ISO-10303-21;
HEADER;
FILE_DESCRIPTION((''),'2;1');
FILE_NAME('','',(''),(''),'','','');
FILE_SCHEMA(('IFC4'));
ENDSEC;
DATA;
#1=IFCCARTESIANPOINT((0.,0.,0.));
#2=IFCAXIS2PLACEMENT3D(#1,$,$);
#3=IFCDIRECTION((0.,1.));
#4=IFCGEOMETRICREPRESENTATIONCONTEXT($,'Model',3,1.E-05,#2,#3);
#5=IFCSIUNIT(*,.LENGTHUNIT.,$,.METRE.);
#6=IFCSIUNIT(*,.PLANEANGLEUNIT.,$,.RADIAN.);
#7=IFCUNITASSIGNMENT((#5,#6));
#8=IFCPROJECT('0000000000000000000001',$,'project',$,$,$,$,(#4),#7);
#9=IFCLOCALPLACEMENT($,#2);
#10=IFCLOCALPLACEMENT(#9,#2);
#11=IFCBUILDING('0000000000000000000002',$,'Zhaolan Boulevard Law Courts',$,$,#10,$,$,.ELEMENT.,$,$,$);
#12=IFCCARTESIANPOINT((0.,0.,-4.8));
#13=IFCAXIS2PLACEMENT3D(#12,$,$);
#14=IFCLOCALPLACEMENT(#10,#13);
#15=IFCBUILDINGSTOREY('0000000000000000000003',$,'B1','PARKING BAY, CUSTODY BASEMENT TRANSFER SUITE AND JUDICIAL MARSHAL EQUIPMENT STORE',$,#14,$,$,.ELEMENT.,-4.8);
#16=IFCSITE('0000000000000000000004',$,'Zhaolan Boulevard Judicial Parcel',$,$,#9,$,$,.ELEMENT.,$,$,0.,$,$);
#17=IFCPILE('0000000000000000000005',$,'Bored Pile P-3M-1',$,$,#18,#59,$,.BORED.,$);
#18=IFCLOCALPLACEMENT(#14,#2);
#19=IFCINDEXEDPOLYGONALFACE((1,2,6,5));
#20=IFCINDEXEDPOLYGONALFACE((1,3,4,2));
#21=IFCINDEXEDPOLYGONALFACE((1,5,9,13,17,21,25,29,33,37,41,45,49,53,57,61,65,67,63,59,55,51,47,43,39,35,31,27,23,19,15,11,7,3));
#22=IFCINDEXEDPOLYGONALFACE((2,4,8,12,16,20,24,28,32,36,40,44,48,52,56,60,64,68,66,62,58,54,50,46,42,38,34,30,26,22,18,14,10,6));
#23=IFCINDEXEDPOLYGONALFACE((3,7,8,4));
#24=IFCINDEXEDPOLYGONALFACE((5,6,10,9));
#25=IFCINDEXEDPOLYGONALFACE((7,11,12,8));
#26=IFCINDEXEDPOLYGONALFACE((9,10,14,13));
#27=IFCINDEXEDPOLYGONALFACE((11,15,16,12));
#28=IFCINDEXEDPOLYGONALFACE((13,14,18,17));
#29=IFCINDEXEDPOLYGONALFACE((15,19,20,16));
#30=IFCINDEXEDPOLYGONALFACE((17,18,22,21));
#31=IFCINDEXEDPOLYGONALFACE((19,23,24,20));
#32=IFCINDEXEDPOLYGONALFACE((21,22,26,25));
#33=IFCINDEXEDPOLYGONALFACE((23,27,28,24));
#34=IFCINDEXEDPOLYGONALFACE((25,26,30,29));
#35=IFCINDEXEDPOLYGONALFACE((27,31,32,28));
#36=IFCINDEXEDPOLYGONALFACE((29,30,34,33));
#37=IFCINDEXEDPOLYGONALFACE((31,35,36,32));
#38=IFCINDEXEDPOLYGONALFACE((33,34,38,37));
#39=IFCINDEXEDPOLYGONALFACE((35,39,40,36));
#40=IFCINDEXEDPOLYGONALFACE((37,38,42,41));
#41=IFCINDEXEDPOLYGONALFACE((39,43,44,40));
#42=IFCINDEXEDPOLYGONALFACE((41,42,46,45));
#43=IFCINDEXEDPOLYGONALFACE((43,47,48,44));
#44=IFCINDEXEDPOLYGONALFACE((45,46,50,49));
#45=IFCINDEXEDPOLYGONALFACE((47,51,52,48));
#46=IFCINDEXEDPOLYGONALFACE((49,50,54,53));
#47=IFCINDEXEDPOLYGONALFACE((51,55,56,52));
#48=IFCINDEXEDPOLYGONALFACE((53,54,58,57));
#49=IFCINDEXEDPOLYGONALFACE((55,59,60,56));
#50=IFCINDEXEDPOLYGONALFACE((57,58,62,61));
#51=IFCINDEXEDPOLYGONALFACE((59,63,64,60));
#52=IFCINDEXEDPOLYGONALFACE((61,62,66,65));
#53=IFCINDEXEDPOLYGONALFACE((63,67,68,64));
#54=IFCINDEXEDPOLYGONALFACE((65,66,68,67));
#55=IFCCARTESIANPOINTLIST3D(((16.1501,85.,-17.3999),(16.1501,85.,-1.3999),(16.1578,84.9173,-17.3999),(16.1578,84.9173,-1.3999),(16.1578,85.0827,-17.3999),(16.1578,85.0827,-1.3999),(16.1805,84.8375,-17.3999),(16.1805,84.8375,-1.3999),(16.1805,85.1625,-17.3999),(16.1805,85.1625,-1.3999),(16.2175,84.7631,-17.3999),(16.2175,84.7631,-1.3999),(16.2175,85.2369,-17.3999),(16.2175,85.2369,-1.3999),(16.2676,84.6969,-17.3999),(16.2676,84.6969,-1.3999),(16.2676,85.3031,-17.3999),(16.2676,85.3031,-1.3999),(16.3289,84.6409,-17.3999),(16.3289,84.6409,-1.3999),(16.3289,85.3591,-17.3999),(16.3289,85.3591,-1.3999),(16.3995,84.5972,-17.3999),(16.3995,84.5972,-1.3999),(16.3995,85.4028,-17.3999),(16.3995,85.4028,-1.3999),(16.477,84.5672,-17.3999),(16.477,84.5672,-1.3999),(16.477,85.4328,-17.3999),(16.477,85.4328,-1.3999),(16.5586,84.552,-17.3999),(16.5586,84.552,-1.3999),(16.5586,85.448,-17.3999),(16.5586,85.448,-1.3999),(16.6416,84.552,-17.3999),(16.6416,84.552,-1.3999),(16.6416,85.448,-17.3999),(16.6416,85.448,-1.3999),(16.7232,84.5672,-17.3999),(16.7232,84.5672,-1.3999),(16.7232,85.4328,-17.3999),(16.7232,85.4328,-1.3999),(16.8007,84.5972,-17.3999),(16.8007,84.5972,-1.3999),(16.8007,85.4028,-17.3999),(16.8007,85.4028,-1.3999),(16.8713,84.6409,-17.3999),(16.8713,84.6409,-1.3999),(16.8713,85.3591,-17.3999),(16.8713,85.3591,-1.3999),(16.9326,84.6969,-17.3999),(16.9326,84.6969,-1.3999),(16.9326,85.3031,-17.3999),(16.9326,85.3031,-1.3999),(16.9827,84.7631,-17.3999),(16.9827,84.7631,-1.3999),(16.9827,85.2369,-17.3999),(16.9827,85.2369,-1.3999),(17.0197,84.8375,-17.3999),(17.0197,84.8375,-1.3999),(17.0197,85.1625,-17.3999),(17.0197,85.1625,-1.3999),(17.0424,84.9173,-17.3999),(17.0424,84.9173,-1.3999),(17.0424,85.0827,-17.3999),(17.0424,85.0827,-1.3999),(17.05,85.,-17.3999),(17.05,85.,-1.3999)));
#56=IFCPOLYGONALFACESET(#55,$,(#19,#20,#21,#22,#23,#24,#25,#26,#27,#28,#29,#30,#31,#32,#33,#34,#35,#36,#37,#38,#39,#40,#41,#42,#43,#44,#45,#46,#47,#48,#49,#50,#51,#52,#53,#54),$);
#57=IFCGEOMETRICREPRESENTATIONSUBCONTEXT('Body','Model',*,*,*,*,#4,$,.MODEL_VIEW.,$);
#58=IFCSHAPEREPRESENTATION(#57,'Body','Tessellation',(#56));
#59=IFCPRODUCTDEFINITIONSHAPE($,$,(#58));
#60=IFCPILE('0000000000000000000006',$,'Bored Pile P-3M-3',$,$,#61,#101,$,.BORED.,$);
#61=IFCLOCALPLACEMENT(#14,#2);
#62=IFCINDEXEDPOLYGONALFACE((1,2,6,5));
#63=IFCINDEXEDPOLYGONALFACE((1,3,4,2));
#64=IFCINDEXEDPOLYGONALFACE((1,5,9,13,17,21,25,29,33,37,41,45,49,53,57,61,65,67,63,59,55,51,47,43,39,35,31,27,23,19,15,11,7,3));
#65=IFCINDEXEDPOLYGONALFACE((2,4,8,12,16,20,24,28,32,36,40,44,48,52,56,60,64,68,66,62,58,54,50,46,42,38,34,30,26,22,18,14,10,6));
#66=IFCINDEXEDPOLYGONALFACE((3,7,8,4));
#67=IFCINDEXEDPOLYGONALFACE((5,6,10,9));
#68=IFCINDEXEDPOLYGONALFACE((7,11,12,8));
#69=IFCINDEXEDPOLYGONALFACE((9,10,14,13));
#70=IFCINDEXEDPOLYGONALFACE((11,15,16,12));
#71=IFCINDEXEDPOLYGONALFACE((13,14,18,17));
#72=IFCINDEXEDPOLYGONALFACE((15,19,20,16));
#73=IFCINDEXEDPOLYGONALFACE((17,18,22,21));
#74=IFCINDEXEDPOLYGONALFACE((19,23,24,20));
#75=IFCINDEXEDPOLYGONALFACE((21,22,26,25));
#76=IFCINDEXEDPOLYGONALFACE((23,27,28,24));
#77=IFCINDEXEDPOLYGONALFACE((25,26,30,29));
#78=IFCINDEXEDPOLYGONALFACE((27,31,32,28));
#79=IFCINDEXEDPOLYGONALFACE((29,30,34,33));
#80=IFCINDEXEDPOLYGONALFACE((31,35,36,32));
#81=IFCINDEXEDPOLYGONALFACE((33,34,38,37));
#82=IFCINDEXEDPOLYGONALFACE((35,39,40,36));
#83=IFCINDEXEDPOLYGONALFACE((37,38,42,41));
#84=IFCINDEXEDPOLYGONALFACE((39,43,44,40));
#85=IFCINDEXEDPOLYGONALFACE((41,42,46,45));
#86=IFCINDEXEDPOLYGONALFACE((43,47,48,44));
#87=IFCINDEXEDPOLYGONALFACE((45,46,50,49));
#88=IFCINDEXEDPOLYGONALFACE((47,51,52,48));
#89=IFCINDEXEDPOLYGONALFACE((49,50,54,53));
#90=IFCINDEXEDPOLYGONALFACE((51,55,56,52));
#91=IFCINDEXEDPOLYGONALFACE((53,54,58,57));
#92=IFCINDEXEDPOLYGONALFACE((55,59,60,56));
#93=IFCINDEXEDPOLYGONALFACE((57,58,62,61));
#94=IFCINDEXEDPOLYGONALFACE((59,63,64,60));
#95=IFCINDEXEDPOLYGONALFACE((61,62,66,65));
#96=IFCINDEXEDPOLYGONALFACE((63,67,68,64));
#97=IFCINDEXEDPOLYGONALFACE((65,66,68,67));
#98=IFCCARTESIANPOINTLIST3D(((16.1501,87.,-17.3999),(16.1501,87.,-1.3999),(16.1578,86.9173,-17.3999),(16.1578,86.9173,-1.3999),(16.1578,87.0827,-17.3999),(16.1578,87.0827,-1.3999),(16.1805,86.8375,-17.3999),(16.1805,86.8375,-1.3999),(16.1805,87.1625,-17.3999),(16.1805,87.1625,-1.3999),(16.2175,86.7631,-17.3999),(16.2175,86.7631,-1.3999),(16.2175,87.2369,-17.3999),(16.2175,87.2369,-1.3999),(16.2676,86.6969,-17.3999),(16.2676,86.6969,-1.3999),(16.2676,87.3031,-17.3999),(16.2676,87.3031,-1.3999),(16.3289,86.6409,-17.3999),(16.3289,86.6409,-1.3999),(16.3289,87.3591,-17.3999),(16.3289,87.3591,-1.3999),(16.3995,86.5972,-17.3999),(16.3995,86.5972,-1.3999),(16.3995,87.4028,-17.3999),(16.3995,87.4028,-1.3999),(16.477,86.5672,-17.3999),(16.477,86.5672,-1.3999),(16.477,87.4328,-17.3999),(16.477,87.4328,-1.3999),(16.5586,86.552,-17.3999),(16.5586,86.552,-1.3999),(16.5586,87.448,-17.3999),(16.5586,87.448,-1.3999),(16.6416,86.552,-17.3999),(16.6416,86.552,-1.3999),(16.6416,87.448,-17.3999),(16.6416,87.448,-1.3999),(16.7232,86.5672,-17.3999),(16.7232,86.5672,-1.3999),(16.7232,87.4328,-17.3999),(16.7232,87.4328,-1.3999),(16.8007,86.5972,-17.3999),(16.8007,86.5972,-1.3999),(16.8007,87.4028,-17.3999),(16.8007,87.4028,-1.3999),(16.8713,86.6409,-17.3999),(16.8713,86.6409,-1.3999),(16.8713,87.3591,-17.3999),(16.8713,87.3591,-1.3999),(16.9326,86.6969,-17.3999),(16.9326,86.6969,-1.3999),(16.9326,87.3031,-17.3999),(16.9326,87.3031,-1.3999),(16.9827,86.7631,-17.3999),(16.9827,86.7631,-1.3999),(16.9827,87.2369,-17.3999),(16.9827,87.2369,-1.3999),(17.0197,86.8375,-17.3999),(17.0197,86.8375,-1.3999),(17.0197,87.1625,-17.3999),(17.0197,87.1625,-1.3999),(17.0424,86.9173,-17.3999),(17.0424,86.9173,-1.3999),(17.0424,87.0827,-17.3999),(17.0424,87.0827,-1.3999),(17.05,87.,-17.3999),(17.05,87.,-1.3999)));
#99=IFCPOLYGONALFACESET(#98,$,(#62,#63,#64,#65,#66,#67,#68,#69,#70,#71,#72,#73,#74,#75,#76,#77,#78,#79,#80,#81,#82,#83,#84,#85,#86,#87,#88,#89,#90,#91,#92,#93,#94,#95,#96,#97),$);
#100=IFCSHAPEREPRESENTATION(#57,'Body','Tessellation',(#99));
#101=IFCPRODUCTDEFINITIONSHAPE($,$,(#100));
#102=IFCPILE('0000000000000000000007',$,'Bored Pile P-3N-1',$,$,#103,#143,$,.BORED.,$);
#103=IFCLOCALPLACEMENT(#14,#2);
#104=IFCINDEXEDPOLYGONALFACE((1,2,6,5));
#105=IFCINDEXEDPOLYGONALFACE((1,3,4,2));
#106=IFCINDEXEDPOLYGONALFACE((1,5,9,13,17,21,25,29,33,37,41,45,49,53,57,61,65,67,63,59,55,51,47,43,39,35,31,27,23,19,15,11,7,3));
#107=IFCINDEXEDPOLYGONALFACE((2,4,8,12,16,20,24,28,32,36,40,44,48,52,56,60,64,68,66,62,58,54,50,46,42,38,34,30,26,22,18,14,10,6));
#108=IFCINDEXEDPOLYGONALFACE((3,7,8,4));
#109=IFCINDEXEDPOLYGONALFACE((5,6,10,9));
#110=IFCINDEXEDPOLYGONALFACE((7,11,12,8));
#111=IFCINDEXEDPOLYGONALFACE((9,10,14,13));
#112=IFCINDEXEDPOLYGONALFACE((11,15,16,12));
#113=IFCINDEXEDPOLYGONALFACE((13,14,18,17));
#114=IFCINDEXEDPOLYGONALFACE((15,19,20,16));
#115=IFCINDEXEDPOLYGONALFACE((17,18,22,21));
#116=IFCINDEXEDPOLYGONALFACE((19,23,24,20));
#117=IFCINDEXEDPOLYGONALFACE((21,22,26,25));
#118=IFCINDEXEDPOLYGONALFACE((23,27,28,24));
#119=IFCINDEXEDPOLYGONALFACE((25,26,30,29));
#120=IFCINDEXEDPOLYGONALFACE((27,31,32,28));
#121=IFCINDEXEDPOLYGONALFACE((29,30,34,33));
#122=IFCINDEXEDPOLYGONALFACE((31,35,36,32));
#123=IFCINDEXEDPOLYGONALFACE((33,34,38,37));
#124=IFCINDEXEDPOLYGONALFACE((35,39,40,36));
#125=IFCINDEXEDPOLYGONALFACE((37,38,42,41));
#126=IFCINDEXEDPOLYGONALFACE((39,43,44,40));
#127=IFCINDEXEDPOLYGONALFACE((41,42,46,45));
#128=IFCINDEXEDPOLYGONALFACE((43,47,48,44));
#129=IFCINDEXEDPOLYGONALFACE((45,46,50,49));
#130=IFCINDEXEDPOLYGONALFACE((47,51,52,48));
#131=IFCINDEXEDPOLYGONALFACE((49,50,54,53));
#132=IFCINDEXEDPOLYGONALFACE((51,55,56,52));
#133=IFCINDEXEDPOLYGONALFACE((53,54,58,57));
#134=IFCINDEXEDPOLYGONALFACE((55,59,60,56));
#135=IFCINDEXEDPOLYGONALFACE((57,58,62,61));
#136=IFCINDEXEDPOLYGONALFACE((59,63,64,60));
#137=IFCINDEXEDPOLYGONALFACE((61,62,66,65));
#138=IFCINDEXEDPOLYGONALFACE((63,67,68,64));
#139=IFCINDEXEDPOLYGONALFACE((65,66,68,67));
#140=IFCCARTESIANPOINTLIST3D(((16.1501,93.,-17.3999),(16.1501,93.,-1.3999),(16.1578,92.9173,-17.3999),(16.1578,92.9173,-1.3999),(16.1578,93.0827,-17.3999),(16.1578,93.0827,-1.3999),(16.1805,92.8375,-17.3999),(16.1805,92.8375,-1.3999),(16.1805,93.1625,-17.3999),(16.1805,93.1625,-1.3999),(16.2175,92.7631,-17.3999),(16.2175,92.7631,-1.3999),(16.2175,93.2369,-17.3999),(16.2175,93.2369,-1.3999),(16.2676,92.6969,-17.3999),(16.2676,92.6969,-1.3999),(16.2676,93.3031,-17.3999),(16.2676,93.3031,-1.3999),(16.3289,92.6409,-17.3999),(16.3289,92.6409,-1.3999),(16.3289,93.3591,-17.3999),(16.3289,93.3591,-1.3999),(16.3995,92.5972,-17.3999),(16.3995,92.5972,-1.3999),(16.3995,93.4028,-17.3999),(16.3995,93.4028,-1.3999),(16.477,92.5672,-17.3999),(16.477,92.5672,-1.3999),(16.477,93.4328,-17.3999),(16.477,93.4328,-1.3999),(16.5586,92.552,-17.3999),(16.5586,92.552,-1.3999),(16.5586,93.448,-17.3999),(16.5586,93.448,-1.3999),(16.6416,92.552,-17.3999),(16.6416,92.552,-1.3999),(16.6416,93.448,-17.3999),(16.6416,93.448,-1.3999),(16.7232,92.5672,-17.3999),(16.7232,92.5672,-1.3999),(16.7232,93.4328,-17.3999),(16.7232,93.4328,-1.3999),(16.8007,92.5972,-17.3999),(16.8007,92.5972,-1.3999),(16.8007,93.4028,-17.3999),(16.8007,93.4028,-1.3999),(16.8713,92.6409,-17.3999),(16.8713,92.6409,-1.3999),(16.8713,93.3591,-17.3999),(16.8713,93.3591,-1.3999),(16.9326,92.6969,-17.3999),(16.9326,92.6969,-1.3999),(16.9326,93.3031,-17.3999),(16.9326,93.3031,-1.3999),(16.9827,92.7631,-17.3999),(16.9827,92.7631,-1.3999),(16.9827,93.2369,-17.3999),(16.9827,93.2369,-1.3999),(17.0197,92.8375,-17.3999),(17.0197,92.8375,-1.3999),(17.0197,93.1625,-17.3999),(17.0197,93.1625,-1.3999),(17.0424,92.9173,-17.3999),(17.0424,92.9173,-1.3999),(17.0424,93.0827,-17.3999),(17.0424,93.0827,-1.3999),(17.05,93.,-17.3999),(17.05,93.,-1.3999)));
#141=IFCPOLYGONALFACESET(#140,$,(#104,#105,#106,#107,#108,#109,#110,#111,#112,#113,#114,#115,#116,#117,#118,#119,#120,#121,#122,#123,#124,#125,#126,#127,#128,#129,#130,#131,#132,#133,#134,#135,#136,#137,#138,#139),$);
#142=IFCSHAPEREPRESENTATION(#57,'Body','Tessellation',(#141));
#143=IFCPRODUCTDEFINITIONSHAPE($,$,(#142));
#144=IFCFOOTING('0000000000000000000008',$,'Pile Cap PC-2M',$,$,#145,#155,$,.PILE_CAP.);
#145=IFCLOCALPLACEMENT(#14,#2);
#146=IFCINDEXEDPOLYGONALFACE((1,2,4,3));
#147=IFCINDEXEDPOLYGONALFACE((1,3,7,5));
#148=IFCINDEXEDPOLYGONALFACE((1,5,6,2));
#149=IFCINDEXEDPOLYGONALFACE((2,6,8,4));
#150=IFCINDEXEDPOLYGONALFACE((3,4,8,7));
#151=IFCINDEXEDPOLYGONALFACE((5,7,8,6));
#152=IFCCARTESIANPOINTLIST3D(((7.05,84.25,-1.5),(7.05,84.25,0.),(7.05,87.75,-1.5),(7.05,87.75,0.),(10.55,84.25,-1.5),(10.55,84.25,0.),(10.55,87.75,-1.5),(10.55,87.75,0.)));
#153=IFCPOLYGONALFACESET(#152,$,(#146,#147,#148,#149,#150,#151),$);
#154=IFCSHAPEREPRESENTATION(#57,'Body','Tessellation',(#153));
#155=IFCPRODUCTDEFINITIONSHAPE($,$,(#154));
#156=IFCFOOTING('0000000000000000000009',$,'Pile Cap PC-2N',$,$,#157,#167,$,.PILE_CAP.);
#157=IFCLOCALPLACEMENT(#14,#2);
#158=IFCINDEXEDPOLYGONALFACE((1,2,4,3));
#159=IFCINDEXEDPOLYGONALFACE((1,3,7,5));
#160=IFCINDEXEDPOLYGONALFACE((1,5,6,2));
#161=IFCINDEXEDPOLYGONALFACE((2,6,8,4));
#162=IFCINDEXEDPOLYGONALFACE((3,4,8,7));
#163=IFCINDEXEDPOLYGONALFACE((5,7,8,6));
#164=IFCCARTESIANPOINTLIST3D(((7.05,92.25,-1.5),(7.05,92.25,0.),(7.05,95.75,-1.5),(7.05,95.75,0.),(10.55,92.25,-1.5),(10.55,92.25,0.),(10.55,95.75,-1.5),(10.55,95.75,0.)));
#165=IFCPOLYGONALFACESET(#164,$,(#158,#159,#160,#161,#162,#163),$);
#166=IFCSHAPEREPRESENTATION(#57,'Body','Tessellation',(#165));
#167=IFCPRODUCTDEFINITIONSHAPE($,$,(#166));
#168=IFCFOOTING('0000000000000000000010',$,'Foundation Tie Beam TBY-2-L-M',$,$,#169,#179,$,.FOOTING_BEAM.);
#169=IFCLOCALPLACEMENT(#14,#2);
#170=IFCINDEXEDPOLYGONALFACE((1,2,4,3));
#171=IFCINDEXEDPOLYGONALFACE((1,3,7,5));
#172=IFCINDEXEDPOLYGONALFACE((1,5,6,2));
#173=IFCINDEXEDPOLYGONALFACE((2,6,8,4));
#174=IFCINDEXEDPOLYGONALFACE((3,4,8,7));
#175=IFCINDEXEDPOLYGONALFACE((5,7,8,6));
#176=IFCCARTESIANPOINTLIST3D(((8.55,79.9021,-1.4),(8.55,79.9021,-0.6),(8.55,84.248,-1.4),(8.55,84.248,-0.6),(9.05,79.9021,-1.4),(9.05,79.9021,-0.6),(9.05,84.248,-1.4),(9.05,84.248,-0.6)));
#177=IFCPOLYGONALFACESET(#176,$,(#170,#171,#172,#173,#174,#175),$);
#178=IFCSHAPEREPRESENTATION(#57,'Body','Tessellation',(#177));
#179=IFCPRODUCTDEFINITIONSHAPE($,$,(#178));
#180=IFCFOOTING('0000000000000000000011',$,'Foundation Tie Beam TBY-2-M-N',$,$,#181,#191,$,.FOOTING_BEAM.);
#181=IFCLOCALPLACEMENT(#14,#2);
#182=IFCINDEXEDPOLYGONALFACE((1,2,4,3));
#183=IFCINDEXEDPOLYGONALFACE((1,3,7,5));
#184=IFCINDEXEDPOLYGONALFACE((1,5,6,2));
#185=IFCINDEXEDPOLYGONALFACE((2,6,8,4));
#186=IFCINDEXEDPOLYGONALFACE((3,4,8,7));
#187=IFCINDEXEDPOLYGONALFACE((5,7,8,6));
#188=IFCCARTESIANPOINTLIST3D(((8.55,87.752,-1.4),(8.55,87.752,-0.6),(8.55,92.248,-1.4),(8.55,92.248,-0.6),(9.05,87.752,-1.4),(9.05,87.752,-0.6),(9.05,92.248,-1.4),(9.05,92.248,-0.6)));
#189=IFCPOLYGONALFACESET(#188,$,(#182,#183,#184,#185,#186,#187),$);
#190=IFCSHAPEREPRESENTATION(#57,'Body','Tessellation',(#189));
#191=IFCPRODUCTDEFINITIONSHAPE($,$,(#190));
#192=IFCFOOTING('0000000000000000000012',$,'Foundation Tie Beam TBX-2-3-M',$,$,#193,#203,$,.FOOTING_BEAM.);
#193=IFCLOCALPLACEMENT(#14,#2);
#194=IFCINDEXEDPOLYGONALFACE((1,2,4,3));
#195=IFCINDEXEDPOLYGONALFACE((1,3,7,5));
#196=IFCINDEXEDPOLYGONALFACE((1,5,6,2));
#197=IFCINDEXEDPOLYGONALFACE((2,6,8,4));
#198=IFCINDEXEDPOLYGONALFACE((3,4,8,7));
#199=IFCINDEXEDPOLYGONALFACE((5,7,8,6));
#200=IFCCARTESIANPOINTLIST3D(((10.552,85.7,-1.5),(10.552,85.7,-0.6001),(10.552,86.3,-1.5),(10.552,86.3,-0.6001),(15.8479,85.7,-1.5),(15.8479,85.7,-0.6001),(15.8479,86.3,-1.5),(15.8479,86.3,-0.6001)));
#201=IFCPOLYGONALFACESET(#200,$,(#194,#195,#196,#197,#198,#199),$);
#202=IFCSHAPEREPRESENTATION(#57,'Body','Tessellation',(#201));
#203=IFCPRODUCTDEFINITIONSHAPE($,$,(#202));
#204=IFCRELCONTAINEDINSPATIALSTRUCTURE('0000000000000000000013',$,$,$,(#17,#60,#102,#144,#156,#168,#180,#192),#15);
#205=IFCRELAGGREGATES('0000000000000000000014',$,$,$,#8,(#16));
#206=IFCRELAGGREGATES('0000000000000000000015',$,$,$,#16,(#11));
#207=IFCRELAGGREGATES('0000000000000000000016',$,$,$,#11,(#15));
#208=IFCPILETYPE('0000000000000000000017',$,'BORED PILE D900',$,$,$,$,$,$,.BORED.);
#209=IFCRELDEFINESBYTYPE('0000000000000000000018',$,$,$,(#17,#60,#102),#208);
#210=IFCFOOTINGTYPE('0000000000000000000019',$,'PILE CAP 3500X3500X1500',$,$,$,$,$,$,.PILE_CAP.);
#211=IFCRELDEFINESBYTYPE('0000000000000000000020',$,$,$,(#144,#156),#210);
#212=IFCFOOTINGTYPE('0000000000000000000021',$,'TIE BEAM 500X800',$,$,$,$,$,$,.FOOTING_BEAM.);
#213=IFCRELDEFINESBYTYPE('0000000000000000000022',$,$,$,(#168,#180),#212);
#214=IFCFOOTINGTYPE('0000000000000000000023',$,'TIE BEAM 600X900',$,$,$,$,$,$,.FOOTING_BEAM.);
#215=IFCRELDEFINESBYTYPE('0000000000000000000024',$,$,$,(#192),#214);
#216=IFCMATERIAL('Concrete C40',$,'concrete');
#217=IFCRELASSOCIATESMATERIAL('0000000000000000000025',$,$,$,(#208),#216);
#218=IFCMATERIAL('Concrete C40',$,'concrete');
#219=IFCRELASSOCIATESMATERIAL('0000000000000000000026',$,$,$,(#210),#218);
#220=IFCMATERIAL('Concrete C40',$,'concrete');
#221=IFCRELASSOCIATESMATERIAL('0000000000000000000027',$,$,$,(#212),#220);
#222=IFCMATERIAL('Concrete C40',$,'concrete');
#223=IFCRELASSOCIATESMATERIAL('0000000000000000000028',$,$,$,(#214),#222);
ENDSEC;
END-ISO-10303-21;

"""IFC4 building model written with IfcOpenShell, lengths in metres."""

from ifc_helpers import new_model, si_unit, direction, frame, origin, origin_2d, place, context, subcontext, project, spatial, rectangle, circle, extrude, material, material_profile, profile_set, type_object, element, save


model = new_model("IFC4")

# Units and contexts
model_context = context("Model", 3, precision=1e-05, world=origin(), true_north=direction((0.0, 1.0)))
body_context = subcontext(model_context, "Body", "Model", "MODEL_VIEW")
ifc_project = project(units=[si_unit("LENGTHUNIT", "METRE"), si_unit("PLANEANGLEUNIT", "RADIAN")], contexts=[model_context])

# Site, building, storey
site_placement = place(None, origin())
site = spatial("IfcSite", under=ifc_project, at=site_placement, Name="Zhaolan Boulevard Judicial Parcel", CompositionType="ELEMENT", RefElevation=0.0)
building_placement = place(site_placement, origin())
building = spatial("IfcBuilding", under=site, at=building_placement, Name="Zhaolan Boulevard Law Courts", CompositionType="ELEMENT")
storey_placement = place(building_placement, frame((0.0, 0.0, -4.8)))
storey = spatial("IfcBuildingStorey", under=building, at=storey_placement, Name="B1", Description="PARKING BAY, CUSTODY BASEMENT TRANSFER SUITE AND JUDICIAL MARSHAL EQUIPMENT STORE", CompositionType="ELEMENT", Elevation=-4.8)

# Piles
ifc_material_1 = material(Name="Concrete C40", Category="concrete")
ifc_material_profile_1 = material_profile(ifc_material_1, circle(Radius=0.45, at=origin_2d()), Name="PILE-D900")
ifc_profile_set_1 = profile_set([ifc_material_profile_1], Name="Concrete C40")
pile_type_1 = type_object("IfcPileType", Name="BORED PILE D900", PredefinedType="BORED", material=ifc_profile_set_1)
for number, where, z_axis, x_axis, name in (
    (1, (16.6001, 85.0, -1.3999), (0.0, 0.0, -1.0), (1.0, 0.0, 0.0), "Bored Pile P-3M-1"),
    (2, (16.6001, 87.0, -1.3999), (0.0, 0.0, -1.0), (1.0, 0.0, 0.0), "Bored Pile P-3M-3"),
    (3, (16.6001, 93.0, -1.3999), (0.0, 0.0, -1.0), (1.0, 0.0, 0.0), "Bored Pile P-3N-1"),
):
    element("IfcPile", number, at=place(storey_placement, frame(where, z_axis=z_axis, x_axis=x_axis)), inside=storey, type_object=pile_type_1, Name=name, PredefinedType="BORED", context=body_context, shape_type="SweptSolid", body=[
        extrude(circle(Radius=0.45, at=origin_2d()), origin(), (0.0, 0.0, 1.0), 16.0),
    ])

# Footings
ifc_material_2 = material(Name="Concrete C40", Category="concrete")
footing_type_1 = type_object("IfcFootingType", Name="PILE CAP 3500X3500X1500", PredefinedType="PILE_CAP", material=ifc_material_2)
for number, where, z_axis, x_axis, name in (
    (4, (8.8, 86.0, -1.5), (0.0, 0.0, 1.0), (1.0, 0.0, 0.0), "Pile Cap PC-2M"),
    (5, (8.8, 94.0, -1.5), (0.0, 0.0, 1.0), (1.0, 0.0, 0.0), "Pile Cap PC-2N"),
):
    element("IfcFooting", number, at=place(storey_placement, frame(where, z_axis=z_axis, x_axis=x_axis)), inside=storey, type_object=footing_type_1, Name=name, PredefinedType="PILE_CAP", context=body_context, shape_type="SweptSolid", body=[
        extrude(rectangle(XDim=3.5, YDim=3.5, at=origin_2d()), origin(), (0.0, 0.0, 1.0), 1.5),
    ])
ifc_material_3 = material(Name="Concrete C40", Category="concrete")
ifc_material_profile_2 = material_profile(ifc_material_3, rectangle(XDim=0.5, YDim=0.8, at=origin_2d()), Name="RC500x800")
ifc_profile_set_2 = profile_set([ifc_material_profile_2], Name="Concrete C40")
footing_type_2 = type_object("IfcFootingType", Name="TIE BEAM 500X800", PredefinedType="FOOTING_BEAM", material=ifc_profile_set_2)
footing_1_placement = place(storey_placement, frame((8.8, 79.9021, -1.0), z_axis=(0.0, 1.0, 0.0), x_axis=(-1.0, 0.0, 0.0)))
element("IfcFooting", 6, at=footing_1_placement, inside=storey, type_object=footing_type_2, Name="Foundation Tie Beam TBY-2-L-M", PredefinedType="FOOTING_BEAM", context=body_context, shape_type="SweptSolid", body=[
    extrude(rectangle(XDim=0.5, YDim=0.8, at=origin_2d()), origin(), (0.0, 0.0, 1.0), 4.3459),
])
footing_2_placement = place(storey_placement, frame((8.8, 87.752, -1.0), z_axis=(0.0, 1.0, 0.0), x_axis=(-1.0, 0.0, 0.0)))
element("IfcFooting", 7, at=footing_2_placement, inside=storey, type_object=footing_type_2, Name="Foundation Tie Beam TBY-2-M-N", PredefinedType="FOOTING_BEAM", context=body_context, shape_type="SweptSolid", body=[
    extrude(rectangle(XDim=0.5, YDim=0.8, at=origin_2d()), origin(), (0.0, 0.0, 1.0), 4.4961),
])
ifc_material_4 = material(Name="Concrete C40", Category="concrete")
ifc_material_profile_3 = material_profile(ifc_material_4, rectangle(XDim=0.6001, YDim=0.8999, at=origin_2d()), Name="RC600x900")
ifc_profile_set_3 = profile_set([ifc_material_profile_3], Name="Concrete C40")
footing_type_3 = type_object("IfcFootingType", Name="TIE BEAM 600X900", PredefinedType="FOOTING_BEAM", material=ifc_profile_set_3)
for number, where, z_axis, x_axis, name in (
    (8, (10.552, 86.0, -1.05), (1.0, 0.0, 0.0), (0.0, 1.0, 0.0), "Foundation Tie Beam TBX-2-3-M"),
):
    element("IfcFooting", number, at=place(storey_placement, frame(where, z_axis=z_axis, x_axis=x_axis)), inside=storey, type_object=footing_type_3, Name=name, PredefinedType="FOOTING_BEAM", context=body_context, shape_type="SweptSolid", body=[
        extrude(rectangle(XDim=0.6001, YDim=0.8999, at=origin_2d()), origin(), (0.0, 0.0, 1.0), 5.2959),
    ])

save(model, "model.ifc")
